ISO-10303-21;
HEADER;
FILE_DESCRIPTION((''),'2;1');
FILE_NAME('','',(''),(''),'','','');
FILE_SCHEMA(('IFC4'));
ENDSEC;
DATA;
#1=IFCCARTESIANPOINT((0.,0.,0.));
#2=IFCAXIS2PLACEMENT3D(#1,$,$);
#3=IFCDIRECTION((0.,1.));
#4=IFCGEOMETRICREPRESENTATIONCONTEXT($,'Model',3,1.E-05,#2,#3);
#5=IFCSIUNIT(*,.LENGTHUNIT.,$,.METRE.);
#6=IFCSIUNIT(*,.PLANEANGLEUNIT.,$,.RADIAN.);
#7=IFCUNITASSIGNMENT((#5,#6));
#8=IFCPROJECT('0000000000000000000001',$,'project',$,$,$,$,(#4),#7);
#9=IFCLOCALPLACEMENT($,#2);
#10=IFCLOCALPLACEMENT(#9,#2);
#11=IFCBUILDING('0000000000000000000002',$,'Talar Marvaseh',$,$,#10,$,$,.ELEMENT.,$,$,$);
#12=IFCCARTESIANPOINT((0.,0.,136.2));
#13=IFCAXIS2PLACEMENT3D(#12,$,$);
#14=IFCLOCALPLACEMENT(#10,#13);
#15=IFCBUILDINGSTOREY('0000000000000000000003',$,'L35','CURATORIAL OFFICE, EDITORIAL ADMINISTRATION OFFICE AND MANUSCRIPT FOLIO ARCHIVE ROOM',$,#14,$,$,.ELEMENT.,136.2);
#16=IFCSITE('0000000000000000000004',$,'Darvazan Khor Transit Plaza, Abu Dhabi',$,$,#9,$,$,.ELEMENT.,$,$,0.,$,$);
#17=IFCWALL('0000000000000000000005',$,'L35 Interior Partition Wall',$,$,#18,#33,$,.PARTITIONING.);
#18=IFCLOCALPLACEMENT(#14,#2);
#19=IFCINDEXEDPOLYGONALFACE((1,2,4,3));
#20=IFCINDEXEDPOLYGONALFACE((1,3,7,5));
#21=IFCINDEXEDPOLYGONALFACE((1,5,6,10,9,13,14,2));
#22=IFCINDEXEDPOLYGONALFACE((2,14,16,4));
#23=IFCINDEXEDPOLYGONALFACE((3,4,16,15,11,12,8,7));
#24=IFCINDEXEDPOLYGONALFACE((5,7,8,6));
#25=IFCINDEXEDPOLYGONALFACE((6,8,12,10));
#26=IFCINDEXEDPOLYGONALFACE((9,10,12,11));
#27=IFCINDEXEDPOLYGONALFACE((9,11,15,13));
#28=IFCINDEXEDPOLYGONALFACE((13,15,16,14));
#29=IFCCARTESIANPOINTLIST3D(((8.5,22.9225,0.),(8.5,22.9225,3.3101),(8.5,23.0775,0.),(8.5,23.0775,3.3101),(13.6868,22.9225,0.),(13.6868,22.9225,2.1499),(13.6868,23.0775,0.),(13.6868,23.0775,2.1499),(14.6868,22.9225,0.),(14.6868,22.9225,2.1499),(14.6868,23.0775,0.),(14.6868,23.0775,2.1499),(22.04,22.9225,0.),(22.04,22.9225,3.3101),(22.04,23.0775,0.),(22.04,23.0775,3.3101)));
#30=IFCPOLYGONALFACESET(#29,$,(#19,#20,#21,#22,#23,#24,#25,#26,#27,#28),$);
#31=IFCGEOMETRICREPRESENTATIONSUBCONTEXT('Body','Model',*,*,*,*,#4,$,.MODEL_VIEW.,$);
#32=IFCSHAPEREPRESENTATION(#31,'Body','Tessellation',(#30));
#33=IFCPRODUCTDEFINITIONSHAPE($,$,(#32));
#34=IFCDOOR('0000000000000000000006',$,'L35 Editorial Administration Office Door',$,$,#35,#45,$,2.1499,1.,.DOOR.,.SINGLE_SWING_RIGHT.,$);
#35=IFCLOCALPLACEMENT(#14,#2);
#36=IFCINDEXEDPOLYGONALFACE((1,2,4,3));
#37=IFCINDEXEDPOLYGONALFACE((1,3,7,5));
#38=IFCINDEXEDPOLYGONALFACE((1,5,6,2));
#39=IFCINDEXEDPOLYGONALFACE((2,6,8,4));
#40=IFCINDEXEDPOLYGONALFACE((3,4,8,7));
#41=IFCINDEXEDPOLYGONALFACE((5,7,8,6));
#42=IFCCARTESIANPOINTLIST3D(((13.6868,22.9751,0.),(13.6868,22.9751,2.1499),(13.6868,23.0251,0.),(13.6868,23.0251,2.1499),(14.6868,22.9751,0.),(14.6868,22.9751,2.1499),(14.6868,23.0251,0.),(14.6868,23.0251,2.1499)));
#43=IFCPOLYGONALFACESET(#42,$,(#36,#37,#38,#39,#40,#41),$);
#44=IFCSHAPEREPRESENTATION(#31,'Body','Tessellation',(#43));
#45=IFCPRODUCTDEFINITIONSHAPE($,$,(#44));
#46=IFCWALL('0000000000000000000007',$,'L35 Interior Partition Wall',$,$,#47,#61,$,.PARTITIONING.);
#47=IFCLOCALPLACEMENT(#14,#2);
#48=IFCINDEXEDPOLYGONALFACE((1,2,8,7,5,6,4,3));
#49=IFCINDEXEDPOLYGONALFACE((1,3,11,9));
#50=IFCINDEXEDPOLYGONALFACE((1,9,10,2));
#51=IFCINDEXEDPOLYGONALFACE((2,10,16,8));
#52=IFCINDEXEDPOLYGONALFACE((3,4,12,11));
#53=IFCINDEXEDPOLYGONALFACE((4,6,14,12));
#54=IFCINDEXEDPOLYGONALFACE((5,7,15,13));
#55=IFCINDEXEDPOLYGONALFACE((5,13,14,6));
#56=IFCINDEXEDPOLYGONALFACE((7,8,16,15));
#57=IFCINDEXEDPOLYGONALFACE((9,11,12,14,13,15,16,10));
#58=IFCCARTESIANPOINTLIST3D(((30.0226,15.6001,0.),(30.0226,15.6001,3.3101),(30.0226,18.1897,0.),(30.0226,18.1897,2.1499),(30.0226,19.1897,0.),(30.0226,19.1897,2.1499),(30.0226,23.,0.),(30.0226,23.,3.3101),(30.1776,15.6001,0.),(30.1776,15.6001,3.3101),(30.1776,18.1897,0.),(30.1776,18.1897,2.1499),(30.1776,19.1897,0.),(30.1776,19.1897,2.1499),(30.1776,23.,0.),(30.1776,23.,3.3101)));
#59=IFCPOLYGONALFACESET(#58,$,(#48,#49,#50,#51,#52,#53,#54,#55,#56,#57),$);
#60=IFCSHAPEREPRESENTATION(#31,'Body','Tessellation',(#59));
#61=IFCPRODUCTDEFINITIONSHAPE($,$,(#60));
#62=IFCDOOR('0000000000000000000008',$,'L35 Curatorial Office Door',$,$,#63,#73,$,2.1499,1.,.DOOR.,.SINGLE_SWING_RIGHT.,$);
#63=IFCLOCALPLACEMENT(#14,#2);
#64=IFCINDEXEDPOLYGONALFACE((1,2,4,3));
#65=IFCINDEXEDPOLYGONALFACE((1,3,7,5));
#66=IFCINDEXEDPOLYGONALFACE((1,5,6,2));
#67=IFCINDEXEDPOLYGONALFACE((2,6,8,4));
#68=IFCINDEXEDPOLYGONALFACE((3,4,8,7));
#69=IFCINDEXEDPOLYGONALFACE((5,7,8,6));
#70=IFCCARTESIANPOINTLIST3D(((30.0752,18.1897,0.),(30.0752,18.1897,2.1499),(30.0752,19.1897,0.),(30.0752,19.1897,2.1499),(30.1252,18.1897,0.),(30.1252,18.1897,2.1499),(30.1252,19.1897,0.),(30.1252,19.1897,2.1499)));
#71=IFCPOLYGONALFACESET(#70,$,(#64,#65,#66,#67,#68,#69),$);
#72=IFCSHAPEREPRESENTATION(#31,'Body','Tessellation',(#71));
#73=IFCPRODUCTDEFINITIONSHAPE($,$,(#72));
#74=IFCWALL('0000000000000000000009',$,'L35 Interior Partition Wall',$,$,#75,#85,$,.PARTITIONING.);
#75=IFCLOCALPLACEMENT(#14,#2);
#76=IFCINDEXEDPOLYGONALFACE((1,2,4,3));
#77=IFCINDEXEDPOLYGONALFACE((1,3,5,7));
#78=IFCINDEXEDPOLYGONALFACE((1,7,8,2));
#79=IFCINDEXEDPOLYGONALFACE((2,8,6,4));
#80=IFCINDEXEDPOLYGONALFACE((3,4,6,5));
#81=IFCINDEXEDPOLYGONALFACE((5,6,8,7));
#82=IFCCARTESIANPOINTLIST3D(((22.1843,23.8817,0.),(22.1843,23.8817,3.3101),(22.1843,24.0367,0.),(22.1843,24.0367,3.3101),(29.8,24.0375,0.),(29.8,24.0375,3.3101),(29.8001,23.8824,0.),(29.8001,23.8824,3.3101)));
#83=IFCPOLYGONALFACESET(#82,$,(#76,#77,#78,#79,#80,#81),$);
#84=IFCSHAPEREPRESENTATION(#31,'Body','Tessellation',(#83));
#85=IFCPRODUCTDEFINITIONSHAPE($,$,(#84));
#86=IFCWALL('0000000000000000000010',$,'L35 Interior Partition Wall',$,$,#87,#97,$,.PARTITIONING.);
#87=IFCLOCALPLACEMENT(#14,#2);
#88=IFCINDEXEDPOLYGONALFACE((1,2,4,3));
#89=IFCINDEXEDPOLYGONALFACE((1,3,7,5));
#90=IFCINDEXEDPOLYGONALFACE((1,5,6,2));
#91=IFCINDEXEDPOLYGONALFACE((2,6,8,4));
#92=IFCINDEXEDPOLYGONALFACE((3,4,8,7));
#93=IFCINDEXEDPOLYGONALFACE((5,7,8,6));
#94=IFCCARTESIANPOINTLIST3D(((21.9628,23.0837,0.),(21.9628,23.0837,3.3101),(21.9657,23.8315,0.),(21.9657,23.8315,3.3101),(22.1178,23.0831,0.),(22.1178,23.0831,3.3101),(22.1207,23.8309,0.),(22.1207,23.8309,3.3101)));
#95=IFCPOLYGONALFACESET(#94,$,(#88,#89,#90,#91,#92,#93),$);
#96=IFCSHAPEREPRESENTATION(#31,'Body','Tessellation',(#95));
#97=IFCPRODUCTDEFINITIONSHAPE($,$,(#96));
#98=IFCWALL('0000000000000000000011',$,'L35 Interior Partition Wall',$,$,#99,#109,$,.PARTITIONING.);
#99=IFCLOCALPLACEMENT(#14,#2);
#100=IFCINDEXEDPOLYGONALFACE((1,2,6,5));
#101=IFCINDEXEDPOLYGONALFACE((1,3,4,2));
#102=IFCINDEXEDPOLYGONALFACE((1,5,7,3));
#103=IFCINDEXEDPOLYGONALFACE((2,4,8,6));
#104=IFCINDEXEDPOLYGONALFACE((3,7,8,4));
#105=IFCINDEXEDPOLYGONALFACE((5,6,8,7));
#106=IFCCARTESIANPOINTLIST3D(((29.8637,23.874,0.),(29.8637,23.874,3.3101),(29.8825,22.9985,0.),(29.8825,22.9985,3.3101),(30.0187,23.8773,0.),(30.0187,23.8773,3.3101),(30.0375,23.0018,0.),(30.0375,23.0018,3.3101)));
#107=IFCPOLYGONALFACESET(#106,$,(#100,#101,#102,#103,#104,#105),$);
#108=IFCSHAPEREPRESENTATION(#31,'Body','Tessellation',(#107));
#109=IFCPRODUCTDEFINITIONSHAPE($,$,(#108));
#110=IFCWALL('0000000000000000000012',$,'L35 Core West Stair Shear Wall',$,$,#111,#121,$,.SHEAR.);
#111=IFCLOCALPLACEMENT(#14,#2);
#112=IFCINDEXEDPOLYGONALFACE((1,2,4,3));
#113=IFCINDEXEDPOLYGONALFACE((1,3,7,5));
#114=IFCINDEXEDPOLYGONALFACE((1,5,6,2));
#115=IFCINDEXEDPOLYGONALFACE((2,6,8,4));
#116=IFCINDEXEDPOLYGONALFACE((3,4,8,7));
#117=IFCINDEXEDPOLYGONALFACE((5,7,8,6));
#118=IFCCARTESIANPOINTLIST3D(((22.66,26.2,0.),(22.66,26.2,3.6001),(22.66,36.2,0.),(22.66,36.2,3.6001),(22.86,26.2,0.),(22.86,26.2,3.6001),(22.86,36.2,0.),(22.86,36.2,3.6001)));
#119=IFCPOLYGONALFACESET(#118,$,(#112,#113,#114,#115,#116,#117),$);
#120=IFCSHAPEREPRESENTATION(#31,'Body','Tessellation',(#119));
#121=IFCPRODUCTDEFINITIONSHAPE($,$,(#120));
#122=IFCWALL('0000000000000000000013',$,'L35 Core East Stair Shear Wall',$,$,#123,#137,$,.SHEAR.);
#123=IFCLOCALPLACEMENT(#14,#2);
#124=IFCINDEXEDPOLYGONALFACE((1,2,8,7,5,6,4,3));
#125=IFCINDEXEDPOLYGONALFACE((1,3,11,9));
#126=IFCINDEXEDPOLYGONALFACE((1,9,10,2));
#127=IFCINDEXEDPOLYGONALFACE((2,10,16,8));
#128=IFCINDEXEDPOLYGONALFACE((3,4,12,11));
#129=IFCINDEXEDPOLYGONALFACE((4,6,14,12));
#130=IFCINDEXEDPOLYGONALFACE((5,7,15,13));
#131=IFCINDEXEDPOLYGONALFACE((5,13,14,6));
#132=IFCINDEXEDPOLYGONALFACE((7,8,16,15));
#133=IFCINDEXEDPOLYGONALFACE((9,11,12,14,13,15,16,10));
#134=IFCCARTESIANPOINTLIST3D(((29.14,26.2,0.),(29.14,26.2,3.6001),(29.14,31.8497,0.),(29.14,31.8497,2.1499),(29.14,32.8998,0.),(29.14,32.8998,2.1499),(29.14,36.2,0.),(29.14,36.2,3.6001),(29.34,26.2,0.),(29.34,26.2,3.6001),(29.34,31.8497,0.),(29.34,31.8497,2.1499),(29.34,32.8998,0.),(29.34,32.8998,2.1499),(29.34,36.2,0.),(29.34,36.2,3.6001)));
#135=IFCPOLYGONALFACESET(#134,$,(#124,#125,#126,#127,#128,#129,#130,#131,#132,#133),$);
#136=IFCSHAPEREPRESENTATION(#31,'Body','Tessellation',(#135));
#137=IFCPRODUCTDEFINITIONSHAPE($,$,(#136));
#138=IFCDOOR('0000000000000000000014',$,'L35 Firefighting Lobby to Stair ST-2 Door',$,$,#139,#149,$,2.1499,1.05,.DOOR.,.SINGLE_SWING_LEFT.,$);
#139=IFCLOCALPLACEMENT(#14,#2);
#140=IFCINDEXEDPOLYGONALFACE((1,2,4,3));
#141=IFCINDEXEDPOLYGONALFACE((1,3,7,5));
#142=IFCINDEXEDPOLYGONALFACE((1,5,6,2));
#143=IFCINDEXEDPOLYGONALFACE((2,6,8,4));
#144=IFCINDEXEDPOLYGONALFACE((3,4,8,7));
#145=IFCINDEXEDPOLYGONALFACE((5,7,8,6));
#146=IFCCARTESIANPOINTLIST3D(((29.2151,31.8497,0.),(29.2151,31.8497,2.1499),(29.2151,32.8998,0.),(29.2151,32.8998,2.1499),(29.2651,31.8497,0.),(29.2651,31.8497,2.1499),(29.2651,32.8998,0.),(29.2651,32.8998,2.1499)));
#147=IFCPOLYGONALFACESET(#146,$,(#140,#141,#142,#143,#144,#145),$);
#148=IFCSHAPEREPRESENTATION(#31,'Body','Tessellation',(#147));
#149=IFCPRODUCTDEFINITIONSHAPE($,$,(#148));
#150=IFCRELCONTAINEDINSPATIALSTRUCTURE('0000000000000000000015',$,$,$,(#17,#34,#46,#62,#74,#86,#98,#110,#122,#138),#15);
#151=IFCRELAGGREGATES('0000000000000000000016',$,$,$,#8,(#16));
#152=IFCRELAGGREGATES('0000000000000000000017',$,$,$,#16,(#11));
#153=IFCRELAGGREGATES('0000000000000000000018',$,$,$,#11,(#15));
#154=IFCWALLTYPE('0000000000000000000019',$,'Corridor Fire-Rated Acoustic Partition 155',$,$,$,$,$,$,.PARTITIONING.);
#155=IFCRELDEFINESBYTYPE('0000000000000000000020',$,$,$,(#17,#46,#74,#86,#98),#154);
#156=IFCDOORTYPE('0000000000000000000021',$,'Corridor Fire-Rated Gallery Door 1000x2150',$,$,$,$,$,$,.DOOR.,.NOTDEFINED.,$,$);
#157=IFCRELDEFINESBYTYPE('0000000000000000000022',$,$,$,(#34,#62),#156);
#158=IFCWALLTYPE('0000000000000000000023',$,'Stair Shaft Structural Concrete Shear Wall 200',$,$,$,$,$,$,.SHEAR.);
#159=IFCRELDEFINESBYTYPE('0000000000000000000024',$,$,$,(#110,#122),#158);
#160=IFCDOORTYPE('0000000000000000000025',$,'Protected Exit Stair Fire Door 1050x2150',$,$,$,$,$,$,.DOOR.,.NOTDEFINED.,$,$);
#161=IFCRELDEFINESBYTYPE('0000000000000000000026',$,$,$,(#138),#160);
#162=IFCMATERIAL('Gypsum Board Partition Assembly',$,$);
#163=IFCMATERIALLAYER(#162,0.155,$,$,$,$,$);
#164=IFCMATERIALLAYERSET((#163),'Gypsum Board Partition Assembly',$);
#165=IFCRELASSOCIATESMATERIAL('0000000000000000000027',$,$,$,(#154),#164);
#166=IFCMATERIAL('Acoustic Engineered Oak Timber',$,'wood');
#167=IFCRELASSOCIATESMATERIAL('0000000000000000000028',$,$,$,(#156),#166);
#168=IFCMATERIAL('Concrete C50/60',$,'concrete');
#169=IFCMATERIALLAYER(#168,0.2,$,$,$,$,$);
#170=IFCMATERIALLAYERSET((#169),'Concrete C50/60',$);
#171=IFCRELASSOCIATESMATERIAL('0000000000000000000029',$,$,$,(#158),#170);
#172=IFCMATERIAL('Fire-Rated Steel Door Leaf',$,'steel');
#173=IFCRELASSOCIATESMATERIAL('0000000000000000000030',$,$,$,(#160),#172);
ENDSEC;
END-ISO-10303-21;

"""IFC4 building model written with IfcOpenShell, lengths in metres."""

from ifc_helpers import new_model, si_unit, direction, frame, frame_2d, origin, place, context, subcontext, project, spatial, rectangle, extrude, source, transform, mapped, material, layer, layer_set, type_object, type_shapes, element, fill, save


model = new_model("IFC4")

# Units and contexts
model_context = context("Model", 3, precision=1e-05, world=origin(), true_north=direction((0.0, 1.0)))
body_context = subcontext(model_context, "Body", "Model", "MODEL_VIEW")
ifc_project = project(units=[si_unit("LENGTHUNIT", "METRE"), si_unit("PLANEANGLEUNIT", "RADIAN")], contexts=[model_context])

# Site, building, storey
site_placement = place(None, origin())
site = spatial("IfcSite", under=ifc_project, at=site_placement, Name="Darvazan Khor Transit Plaza, Abu Dhabi", CompositionType="ELEMENT", RefElevation=0.0)
building_placement = place(site_placement, origin())
building = spatial("IfcBuilding", under=site, at=building_placement, Name="Talar Marvaseh", CompositionType="ELEMENT")
storey_placement = place(building_placement, frame((0.0, 0.0, 136.2)))
storey = spatial("IfcBuildingStorey", under=building, at=storey_placement, Name="L35", Description="CURATORIAL OFFICE, EDITORIAL ADMINISTRATION OFFICE AND MANUSCRIPT FOLIO ARCHIVE ROOM", CompositionType="ELEMENT", Elevation=136.2)

# Shared definitions
ifc_material_1 = material(Name="Gypsum Board Partition Assembly")
ifc_layer_1 = layer(ifc_material_1, 0.155)
ifc_layer_set_1 = layer_set([ifc_layer_1], Name="Gypsum Board Partition Assembly")
wall_type_1 = type_object("IfcWallType", Name="Corridor Fire-Rated Acoustic Partition 155", PredefinedType="PARTITIONING", material=ifc_layer_set_1)
ifc_material_2 = material(Name="Fire-Rated Steel Door Leaf", Category="steel")

# Walls, openings, doors
wall_1_placement = place(storey_placement, frame((22.04, 23.0, 0.0), z_axis=(0.0, 0.0, 1.0), x_axis=(-1.0, 0.0, 0.0)))
wall_1 = element("IfcWall", 1, at=wall_1_placement, inside=storey, type_object=wall_type_1, Name="L35 Interior Partition Wall", PredefinedType="PARTITIONING", context=body_context, shape_type="SweptSolid", body=[
    extrude(rectangle(XDim=13.54, YDim=0.155, at=frame_2d((6.77, 0.0))), origin(), (0.0, 0.0, 1.0), 3.3101),
])
opening_1_placement = place(wall_1_placement, frame((7.3533, 0.0, 0.0)))
opening_1 = element("IfcOpeningElement", 2, at=opening_1_placement, cuts=wall_1, PredefinedType="OPENING", context=body_context, shape_type="SweptSolid", body=[
    extrude(rectangle(XDim=1.0, YDim=2.1499, at=frame_2d((0.5, 1.075))), frame((0.0, 0.0874, 0.0), z_axis=(0.0, -1.0, 0.0), x_axis=(1.0, 0.0, 0.0)), (0.0, 0.0, 1.0), 0.175),
])
ifc_material_3 = material(Name="Acoustic Engineered Oak Timber", Category="wood")
door_type_1 = type_object("IfcDoorType", Name="Corridor Fire-Rated Gallery Door 1000x2150", OperationType="NOTDEFINED", PredefinedType="DOOR", material=ifc_material_3)
shared_shape_1 = source(origin(), body_context, "Body", "SweptSolid", [
    extrude(rectangle(XDim=1.0, YDim=2.1499, at=frame_2d((0.5, 1.075))), frame((0.0, 0.0249, 0.0), z_axis=(0.0, -1.0, 0.0), x_axis=(1.0, 0.0, 0.0)), (0.0, 0.0, 1.0), 0.05),
])
type_shapes(door_type_1, [shared_shape_1])
door_1_placement = place(opening_1_placement, origin())
door_1 = element("IfcDoor", 3, at=door_1_placement, inside=storey, type_object=door_type_1, Name="L35 Editorial Administration Office Door", OperationType="SINGLE_SWING_RIGHT", OverallHeight=2.1499, OverallWidth=1.0, PredefinedType="DOOR", context=body_context, shape_type="MappedRepresentation", body=[
    mapped(shared_shape_1, transform((0.0, 0.0, 0.0), x_axis=(1.0, 0.0, 0.0), y_axis=(0.0, 1.0, 0.0), z_axis=(0.0, 0.0, 1.0), scale=1.0)),
])
fill(opening_1, door_1)
wall_2_placement = place(storey_placement, frame((30.1001, 15.6001, 0.0), z_axis=(0.0, 0.0, 1.0), x_axis=(0.0, 1.0, 0.0)))
wall_2 = element("IfcWall", 4, at=wall_2_placement, inside=storey, type_object=wall_type_1, Name="L35 Interior Partition Wall", PredefinedType="PARTITIONING", context=body_context, shape_type="SweptSolid", body=[
    extrude(rectangle(XDim=7.3999, YDim=0.155, at=frame_2d((3.7, 0.0))), origin(), (0.0, 0.0, 1.0), 3.3101),
])
opening_2_placement = place(wall_2_placement, frame((2.5896, 0.0, 0.0)))
opening_2 = element("IfcOpeningElement", 5, at=opening_2_placement, cuts=wall_2, PredefinedType="OPENING", context=body_context, shape_type="SweptSolid", body=[
    extrude(rectangle(XDim=1.0, YDim=2.1499, at=frame_2d((0.5, 1.075))), frame((0.0, 0.0874, 0.0), z_axis=(0.0, -1.0, 0.0), x_axis=(1.0, 0.0, 0.0)), (0.0, 0.0, 1.0), 0.175),
])
door_2_placement = place(opening_2_placement, origin())
door_2 = element("IfcDoor", 6, at=door_2_placement, inside=storey, type_object=door_type_1, Name="L35 Curatorial Office Door", OperationType="SINGLE_SWING_RIGHT", OverallHeight=2.1499, OverallWidth=1.0, PredefinedType="DOOR", context=body_context, shape_type="MappedRepresentation", body=[
    mapped(shared_shape_1, transform((0.0, 0.0, 0.0), x_axis=(1.0, 0.0, 0.0), y_axis=(0.0, 1.0, 0.0), z_axis=(0.0, 0.0, 1.0), scale=1.0)),
])
fill(opening_2, door_2)

# Walls
wall_3_placement = place(storey_placement, frame((29.8, 23.96, 0.0), z_axis=(0.0, 0.0, 1.0), x_axis=(-1.0, -0.000096, 0.0)))
element("IfcWall", 7, at=wall_3_placement, inside=storey, type_object=wall_type_1, Name="L35 Interior Partition Wall", PredefinedType="PARTITIONING", context=body_context, shape_type="SweptSolid", body=[
    extrude(rectangle(XDim=7.6157, YDim=0.155, at=frame_2d((3.8079, 0.0))), origin(), (0.0, 0.0, 1.0), 3.3101),
])
wall_4_placement = place(storey_placement, frame((22.0432, 23.8313, 0.0), z_axis=(0.0, 0.0, 1.0), x_axis=(-0.003918, -0.999992, 0.0)))
element("IfcWall", 8, at=wall_4_placement, inside=storey, type_object=wall_type_1, Name="L35 Interior Partition Wall", PredefinedType="PARTITIONING", context=body_context, shape_type="SweptSolid", body=[
    extrude(rectangle(XDim=0.7478, YDim=0.155, at=frame_2d((0.374, 0.0))), origin(), (0.0, 0.0, 1.0), 3.3101),
])
wall_5_placement = place(storey_placement, frame((29.96, 23.0, 0.0), z_axis=(0.0, 0.0, 1.0), x_axis=(-0.021467, 0.99977, 0.0)))
element("IfcWall", 9, at=wall_5_placement, inside=storey, type_object=wall_type_1, Name="L35 Interior Partition Wall", PredefinedType="PARTITIONING", context=body_context, shape_type="SweptSolid", body=[
    extrude(rectangle(XDim=0.8757, YDim=0.155, at=frame_2d((0.438, 0.0))), origin(), (0.0, 0.0, 1.0), 3.3101),
])
ifc_material_4 = material(Name="Concrete C50/60", Category="concrete")
ifc_layer_2 = layer(ifc_material_4, 0.2)
ifc_layer_set_2 = layer_set([ifc_layer_2], Name="Concrete C50/60")
wall_type_2 = type_object("IfcWallType", Name="Stair Shaft Structural Concrete Shear Wall 200", PredefinedType="SHEAR", material=ifc_layer_set_2)
wall_6_placement = place(storey_placement, frame((22.76, 26.2, 0.0), z_axis=(0.0, 0.0, 1.0), x_axis=(0.0, 1.0, 0.0)))
element("IfcWall", 10, at=wall_6_placement, inside=storey, type_object=wall_type_2, Name="L35 Core West Stair Shear Wall", PredefinedType="SHEAR", context=body_context, shape_type="SweptSolid", body=[
    extrude(rectangle(XDim=10.0, YDim=0.2, at=frame_2d((5.0, 0.0))), origin(), (0.0, 0.0, 1.0), 3.6001),
])

# Wall, opening, door
wall_7_placement = place(storey_placement, frame((29.24, 26.2, 0.0), z_axis=(0.0, 0.0, 1.0), x_axis=(0.0, 1.0, 0.0)))
wall_7 = element("IfcWall", 11, at=wall_7_placement, inside=storey, type_object=wall_type_2, Name="L35 Core East Stair Shear Wall", PredefinedType="SHEAR", context=body_context, shape_type="SweptSolid", body=[
    extrude(rectangle(XDim=10.0, YDim=0.2, at=frame_2d((5.0, 0.0))), origin(), (0.0, 0.0, 1.0), 3.6001),
])
opening_3_placement = place(wall_7_placement, frame((5.6499, 0.0, 0.0)))
opening_3 = element("IfcOpeningElement", 12, at=opening_3_placement, cuts=wall_7, PredefinedType="OPENING", context=body_context, shape_type="SweptSolid", body=[
    extrude(rectangle(XDim=1.05, YDim=2.1499, at=frame_2d((0.5249, 1.075))), frame((0.0, 0.1099, 0.0), z_axis=(0.0, -1.0, 0.0), x_axis=(1.0, 0.0, 0.0)), (0.0, 0.0, 1.0), 0.22),
])
door_type_2 = type_object("IfcDoorType", Name="Protected Exit Stair Fire Door 1050x2150", OperationType="NOTDEFINED", PredefinedType="DOOR", material=ifc_material_2)
shared_shape_2 = source(origin(), body_context, "Body", "SweptSolid", [
    extrude(rectangle(XDim=1.05, YDim=2.1499, at=frame_2d((0.5249, 1.075))), frame((0.0, 0.0249, 0.0), z_axis=(0.0, -1.0, 0.0), x_axis=(1.0, 0.0, 0.0)), (0.0, 0.0, 1.0), 0.05),
])
type_shapes(door_type_2, [shared_shape_2])
door_3_placement = place(opening_3_placement, origin())
door_3 = element("IfcDoor", 13, at=door_3_placement, inside=storey, type_object=door_type_2, Name="L35 Firefighting Lobby to Stair ST-2 Door", OperationType="SINGLE_SWING_LEFT", OverallHeight=2.1499, OverallWidth=1.05, PredefinedType="DOOR", context=body_context, shape_type="MappedRepresentation", body=[
    mapped(shared_shape_2, transform((0.0, 0.0, 0.0), x_axis=(1.0, 0.0, 0.0), y_axis=(0.0, 1.0, 0.0), z_axis=(0.0, 0.0, 1.0), scale=1.0)),
])
fill(opening_3, door_3)

save(model, "model.ifc")
